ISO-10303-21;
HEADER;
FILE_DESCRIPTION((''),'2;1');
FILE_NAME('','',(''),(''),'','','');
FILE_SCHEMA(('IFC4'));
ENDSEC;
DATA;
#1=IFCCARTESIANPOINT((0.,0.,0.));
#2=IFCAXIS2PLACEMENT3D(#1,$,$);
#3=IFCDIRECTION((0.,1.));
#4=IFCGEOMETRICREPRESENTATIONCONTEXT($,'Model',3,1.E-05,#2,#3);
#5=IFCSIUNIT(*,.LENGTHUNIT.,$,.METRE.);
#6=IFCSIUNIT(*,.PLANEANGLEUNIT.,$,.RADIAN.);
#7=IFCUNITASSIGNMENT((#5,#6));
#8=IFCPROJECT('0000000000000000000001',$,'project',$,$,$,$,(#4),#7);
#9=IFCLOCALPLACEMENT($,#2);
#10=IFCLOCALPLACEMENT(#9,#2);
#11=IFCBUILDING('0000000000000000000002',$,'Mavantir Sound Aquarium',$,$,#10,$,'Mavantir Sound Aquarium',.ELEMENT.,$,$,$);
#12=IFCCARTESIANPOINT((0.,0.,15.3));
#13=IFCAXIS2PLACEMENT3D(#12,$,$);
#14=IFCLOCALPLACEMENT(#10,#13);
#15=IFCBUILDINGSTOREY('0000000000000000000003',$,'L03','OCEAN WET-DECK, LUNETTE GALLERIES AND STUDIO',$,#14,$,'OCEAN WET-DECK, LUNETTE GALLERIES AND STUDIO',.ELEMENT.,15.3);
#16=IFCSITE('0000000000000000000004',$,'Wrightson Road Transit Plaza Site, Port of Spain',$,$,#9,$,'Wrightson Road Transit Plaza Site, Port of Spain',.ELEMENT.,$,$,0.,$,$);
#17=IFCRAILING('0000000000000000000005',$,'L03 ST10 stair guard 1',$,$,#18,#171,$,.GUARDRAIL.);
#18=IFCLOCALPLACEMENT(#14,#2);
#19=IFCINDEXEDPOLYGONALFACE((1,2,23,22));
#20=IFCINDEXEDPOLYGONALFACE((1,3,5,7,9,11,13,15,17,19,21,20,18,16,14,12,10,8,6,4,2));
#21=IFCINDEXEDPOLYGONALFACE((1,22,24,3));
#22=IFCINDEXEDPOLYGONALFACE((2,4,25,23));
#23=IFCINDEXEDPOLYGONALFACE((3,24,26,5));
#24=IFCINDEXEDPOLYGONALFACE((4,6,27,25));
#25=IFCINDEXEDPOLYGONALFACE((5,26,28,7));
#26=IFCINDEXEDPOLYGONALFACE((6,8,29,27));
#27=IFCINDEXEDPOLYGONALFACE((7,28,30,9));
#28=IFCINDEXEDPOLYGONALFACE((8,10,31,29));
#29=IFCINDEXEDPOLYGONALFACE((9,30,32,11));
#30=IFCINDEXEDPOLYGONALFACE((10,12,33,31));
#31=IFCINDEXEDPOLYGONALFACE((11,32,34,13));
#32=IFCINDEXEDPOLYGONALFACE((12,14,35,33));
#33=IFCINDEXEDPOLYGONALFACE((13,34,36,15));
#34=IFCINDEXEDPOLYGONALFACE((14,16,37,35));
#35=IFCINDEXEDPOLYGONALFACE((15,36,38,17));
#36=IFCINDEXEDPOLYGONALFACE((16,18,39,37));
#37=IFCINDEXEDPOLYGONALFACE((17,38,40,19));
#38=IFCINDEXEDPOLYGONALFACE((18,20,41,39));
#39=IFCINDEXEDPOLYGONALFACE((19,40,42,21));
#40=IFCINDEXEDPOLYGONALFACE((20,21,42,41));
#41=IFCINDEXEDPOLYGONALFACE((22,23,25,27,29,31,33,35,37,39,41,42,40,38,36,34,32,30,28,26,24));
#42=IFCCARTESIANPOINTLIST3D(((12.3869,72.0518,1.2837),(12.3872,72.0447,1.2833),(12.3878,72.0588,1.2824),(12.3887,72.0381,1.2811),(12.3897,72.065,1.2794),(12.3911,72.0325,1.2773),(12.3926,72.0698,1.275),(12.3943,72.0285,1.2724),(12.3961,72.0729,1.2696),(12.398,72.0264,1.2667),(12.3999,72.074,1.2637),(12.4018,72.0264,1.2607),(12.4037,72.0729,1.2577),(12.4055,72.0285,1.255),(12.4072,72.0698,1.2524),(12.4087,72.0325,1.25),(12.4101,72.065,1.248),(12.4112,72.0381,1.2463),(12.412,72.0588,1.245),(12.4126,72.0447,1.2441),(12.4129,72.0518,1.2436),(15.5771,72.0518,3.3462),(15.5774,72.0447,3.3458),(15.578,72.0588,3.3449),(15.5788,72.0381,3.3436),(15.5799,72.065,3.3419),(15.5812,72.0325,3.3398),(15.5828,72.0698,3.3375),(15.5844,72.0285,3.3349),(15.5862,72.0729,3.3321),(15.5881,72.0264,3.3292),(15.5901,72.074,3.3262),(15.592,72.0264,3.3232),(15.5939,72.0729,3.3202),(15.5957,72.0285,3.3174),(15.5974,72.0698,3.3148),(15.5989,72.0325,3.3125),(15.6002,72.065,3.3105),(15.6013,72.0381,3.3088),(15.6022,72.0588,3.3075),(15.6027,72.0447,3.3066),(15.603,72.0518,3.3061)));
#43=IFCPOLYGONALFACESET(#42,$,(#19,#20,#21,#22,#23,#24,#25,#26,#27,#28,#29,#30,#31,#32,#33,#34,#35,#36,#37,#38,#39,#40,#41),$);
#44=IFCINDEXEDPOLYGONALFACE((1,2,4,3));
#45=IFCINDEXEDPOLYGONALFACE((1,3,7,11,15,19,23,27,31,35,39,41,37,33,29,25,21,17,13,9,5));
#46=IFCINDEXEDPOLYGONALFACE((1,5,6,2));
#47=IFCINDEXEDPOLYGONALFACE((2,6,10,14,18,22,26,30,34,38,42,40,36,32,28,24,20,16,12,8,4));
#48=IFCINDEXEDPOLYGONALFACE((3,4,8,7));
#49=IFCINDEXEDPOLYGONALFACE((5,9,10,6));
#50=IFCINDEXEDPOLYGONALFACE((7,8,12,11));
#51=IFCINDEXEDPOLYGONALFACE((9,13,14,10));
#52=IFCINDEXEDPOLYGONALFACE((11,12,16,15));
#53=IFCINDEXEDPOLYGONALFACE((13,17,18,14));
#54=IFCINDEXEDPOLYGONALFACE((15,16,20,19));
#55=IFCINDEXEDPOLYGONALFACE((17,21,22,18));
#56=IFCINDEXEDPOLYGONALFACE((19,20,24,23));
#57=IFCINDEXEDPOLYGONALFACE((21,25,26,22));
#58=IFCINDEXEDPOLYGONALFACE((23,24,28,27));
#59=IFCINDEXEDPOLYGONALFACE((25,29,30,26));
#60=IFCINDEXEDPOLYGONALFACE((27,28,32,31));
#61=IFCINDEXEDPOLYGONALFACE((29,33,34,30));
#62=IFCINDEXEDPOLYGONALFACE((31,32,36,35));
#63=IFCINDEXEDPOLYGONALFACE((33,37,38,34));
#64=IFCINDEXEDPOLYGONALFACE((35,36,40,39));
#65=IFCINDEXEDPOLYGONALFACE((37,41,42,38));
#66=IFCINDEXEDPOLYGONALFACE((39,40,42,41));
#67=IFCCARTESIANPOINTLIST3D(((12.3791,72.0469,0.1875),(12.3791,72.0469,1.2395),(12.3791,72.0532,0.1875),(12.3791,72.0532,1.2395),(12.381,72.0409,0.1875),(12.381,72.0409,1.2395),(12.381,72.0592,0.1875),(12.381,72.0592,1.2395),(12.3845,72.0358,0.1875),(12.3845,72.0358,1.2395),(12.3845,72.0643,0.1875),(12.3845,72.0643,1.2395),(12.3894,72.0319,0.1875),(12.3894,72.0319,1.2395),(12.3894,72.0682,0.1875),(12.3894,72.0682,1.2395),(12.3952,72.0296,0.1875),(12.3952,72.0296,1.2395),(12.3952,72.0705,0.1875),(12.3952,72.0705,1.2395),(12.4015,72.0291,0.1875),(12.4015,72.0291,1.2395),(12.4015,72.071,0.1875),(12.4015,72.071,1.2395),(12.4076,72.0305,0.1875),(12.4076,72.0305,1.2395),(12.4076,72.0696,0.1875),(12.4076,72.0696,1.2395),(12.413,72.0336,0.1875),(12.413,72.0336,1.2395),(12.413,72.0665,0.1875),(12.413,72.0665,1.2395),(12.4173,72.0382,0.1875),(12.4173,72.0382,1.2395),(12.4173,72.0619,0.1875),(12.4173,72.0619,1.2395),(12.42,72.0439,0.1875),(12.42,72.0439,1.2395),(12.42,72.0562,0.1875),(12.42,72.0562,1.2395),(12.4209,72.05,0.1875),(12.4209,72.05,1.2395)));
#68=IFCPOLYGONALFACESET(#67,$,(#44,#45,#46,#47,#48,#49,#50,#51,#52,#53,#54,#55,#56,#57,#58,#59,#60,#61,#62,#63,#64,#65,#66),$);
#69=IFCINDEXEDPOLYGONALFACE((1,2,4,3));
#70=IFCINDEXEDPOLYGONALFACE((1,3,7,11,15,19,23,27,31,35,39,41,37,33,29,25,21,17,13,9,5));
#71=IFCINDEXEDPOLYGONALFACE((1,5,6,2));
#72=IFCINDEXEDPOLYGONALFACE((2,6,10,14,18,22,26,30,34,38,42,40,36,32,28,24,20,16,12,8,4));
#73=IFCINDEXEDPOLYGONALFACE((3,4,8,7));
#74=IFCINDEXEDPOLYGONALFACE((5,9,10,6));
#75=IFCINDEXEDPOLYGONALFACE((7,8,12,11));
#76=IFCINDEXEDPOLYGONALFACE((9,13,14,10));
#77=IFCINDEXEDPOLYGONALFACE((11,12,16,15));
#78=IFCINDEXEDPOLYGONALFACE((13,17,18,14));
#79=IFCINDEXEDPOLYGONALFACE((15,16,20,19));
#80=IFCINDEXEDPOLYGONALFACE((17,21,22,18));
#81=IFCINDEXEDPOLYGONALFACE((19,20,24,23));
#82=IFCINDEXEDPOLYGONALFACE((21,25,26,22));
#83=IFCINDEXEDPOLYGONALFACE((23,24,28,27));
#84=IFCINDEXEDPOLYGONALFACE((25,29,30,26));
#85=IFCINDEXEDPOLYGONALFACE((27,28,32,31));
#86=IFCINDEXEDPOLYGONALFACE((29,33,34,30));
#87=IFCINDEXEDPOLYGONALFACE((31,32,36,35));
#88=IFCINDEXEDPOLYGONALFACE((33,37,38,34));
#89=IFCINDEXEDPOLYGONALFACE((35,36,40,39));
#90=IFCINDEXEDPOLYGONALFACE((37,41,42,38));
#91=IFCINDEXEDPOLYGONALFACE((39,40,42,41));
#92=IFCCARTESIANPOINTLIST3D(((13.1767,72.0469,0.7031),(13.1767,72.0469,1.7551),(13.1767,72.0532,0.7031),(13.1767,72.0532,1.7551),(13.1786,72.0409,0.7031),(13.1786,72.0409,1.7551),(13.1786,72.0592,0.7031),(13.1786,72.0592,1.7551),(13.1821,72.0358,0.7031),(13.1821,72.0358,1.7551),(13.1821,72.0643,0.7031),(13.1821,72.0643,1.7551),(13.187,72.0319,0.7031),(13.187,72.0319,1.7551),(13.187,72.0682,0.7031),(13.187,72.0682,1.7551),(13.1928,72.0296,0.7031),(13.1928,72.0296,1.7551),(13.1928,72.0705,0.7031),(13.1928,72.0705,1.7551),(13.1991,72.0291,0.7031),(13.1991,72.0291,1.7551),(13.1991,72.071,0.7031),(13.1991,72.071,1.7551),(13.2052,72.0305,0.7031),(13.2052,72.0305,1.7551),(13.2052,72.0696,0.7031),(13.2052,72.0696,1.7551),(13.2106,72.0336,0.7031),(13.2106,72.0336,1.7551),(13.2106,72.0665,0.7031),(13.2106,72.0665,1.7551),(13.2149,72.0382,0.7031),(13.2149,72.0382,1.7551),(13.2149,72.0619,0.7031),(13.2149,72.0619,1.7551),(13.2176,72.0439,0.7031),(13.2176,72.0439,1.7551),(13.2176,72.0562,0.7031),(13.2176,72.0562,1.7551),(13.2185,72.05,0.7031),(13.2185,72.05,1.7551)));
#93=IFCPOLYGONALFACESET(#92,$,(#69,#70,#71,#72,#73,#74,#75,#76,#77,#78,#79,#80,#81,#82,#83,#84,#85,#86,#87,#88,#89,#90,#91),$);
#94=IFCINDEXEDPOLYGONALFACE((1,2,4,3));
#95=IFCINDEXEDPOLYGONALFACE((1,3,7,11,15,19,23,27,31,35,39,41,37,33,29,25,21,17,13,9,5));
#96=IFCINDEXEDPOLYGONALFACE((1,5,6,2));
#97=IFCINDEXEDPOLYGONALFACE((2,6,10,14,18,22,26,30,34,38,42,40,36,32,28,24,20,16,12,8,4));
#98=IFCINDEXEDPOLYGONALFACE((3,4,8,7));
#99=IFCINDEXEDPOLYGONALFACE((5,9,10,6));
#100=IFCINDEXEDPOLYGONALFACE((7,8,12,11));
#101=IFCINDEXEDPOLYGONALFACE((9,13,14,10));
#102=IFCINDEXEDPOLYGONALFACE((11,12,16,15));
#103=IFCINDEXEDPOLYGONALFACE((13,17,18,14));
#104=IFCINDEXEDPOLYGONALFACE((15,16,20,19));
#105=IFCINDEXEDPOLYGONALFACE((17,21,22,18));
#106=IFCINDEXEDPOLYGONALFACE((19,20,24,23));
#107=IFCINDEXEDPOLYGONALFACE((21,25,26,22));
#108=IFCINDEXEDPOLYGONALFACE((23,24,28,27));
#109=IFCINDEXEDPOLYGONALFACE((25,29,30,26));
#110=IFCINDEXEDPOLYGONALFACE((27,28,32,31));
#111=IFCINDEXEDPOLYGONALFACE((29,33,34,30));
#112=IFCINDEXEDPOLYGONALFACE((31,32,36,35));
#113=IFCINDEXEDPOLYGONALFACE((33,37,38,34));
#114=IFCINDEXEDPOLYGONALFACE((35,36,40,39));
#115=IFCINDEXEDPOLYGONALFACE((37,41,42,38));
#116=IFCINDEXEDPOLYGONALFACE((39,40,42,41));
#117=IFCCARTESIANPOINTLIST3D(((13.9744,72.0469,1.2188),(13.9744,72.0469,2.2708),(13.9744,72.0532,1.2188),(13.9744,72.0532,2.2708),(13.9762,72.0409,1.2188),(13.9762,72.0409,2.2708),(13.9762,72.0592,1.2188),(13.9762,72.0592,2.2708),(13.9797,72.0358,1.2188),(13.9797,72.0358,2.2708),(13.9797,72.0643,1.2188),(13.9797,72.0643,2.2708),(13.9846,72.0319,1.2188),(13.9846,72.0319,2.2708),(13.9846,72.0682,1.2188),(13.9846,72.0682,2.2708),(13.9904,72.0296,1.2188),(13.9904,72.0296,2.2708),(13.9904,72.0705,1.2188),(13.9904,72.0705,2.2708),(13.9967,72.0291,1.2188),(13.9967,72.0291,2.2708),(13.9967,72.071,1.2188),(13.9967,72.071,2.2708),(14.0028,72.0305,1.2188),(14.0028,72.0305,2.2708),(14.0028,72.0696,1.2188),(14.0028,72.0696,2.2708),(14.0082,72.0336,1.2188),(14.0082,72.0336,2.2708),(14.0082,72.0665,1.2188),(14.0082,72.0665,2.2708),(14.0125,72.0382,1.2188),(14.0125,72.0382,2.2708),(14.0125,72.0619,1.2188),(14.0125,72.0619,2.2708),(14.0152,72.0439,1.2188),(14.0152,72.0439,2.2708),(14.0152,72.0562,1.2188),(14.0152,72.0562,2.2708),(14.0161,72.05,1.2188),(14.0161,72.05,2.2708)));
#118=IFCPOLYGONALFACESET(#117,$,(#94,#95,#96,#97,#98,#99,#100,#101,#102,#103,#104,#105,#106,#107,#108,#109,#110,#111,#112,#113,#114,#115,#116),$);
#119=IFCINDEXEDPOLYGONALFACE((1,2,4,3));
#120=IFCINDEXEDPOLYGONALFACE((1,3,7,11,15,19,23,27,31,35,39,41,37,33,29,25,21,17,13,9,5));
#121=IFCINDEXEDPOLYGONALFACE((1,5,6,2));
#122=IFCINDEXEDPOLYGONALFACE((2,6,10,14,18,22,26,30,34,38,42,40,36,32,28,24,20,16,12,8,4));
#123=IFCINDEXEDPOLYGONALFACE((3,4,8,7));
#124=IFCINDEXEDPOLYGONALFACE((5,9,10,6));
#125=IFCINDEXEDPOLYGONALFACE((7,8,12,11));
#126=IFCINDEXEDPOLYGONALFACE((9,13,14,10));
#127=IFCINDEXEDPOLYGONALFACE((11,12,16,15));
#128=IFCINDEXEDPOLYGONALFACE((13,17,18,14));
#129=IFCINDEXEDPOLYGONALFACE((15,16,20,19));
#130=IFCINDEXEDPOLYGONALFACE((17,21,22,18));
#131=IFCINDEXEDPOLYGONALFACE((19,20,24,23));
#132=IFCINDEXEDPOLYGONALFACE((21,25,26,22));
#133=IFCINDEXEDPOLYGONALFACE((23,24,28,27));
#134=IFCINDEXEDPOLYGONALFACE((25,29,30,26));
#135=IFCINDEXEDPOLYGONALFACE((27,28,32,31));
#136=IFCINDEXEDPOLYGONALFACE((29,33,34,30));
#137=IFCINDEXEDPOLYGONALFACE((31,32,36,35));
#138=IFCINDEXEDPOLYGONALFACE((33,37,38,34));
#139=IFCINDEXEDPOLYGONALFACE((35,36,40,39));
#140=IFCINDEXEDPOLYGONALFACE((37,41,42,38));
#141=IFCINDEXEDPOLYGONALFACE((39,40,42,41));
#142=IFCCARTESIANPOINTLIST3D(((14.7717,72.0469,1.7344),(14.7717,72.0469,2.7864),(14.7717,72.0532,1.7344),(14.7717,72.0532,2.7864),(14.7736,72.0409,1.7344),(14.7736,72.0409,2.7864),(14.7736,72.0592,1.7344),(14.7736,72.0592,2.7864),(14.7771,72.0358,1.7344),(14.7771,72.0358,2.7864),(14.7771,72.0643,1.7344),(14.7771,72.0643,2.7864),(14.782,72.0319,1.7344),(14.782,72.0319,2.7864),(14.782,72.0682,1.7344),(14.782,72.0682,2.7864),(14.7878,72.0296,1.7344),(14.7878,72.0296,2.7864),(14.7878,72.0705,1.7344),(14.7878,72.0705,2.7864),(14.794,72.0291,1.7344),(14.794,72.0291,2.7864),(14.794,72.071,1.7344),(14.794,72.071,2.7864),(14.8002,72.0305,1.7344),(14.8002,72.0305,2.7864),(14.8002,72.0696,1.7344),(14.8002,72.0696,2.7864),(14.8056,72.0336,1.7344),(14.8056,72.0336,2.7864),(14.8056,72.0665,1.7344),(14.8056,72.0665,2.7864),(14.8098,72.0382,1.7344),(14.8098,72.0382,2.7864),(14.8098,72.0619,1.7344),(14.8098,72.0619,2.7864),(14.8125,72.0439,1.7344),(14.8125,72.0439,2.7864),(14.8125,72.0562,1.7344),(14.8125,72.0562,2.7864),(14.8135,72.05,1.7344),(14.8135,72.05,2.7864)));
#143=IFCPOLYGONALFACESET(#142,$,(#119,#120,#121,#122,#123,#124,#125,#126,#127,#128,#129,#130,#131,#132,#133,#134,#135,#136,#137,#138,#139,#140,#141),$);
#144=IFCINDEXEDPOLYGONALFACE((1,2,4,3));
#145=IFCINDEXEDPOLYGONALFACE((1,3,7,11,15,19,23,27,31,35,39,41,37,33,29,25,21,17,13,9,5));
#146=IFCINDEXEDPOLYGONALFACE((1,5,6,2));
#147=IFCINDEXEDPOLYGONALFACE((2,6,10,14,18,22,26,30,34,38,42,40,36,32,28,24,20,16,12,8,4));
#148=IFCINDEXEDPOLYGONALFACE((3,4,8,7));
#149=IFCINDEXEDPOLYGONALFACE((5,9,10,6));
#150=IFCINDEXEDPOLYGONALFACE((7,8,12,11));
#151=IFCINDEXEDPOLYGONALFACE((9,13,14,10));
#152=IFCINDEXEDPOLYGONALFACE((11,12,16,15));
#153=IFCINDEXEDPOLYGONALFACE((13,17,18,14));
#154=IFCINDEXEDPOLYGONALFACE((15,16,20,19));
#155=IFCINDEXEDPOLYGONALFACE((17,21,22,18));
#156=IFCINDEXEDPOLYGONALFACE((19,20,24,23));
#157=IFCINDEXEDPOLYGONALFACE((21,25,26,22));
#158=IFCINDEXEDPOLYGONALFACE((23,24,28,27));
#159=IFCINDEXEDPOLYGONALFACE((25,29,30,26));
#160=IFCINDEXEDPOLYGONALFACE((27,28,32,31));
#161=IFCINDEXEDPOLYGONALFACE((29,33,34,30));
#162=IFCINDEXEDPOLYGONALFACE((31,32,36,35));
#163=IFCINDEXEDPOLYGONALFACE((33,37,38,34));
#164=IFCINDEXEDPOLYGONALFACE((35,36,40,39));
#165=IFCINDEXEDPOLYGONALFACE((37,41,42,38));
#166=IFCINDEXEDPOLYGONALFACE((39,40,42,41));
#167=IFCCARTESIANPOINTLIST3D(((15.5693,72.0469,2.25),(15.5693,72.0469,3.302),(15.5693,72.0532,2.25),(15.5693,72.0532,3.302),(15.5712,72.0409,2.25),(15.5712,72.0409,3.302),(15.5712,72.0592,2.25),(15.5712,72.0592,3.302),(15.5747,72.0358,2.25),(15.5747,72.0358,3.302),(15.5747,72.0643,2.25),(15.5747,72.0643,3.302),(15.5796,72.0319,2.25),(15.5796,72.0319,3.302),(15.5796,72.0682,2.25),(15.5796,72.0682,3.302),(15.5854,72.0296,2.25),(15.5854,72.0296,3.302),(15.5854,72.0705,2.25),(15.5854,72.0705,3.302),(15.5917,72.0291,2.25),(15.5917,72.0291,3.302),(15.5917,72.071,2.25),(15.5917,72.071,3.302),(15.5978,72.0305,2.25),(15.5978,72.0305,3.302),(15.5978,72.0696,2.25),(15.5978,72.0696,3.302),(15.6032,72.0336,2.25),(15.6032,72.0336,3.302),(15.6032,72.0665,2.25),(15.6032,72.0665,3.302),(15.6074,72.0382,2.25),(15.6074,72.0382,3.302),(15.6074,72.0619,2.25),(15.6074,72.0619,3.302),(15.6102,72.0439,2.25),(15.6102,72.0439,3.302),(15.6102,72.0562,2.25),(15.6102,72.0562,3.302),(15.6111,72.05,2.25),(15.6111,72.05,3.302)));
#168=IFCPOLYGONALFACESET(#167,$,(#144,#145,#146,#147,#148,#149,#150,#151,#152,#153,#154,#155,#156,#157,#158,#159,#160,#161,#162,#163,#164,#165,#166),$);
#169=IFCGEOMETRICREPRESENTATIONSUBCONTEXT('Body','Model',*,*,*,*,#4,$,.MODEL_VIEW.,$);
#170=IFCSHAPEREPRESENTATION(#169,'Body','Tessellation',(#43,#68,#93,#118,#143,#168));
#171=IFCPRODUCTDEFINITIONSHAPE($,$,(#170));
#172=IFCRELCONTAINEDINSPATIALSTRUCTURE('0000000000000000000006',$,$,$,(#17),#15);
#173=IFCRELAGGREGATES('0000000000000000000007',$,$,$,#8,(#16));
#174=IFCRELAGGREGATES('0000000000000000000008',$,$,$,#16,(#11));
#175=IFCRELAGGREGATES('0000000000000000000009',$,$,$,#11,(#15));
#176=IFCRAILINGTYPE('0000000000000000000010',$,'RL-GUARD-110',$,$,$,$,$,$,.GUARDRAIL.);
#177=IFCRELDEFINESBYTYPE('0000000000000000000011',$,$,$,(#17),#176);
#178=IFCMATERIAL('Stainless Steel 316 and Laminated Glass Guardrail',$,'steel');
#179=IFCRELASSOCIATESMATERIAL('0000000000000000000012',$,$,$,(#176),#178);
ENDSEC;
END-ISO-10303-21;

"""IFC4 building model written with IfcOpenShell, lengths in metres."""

from ifc_helpers import new_model, si_unit, direction, frame, origin, origin_2d, place, context, subcontext, project, spatial, circle, extrude, material, type_object, element, save


model = new_model("IFC4")

# Units and contexts
model_context = context("Model", 3, precision=1e-05, world=origin(), true_north=direction((0.0, 1.0)))
body_context = subcontext(model_context, "Body", "Model", "MODEL_VIEW")
ifc_project = project(units=[si_unit("LENGTHUNIT", "METRE"), si_unit("PLANEANGLEUNIT", "RADIAN")], contexts=[model_context])

# Site, building, storey
site_placement = place(None, origin())
site = spatial("IfcSite", under=ifc_project, at=site_placement, Name="Wrightson Road Transit Plaza Site, Port of Spain", LongName="Wrightson Road Transit Plaza Site, Port of Spain", CompositionType="ELEMENT", RefElevation=0.0)
building_placement = place(site_placement, origin())
building = spatial("IfcBuilding", under=site, at=building_placement, Name="Mavantir Sound Aquarium", LongName="Mavantir Sound Aquarium", CompositionType="ELEMENT")
storey_placement = place(building_placement, frame((0.0, 0.0, 15.3)))
storey = spatial("IfcBuildingStorey", under=building, at=storey_placement, Name="L03", Description="OCEAN WET-DECK, LUNETTE GALLERIES AND STUDIO", LongName="OCEAN WET-DECK, LUNETTE GALLERIES AND STUDIO", CompositionType="ELEMENT", Elevation=15.3)

# Railing
ifc_material_1 = material(Name="Stainless Steel 316 and Laminated Glass Guardrail", Category="steel")
railing_type_1 = type_object("IfcRailingType", Name="RL-GUARD-110", PredefinedType="GUARDRAIL", material=ifc_material_1)
railing_1_placement = place(storey_placement, frame((12.3999, 72.05, 0.1875)))
element("IfcRailing", 1, at=railing_1_placement, inside=storey, type_object=railing_type_1, Name="L03 ST10 stair guard 1", PredefinedType="GUARDRAIL", context=body_context, shape_type="SweptSolid", body=[
    extrude(circle(Radius=0.0239, at=origin_2d()), frame((0.0, 0.0, 1.0762), z_axis=(0.839779, 0.0, 0.542929), x_axis=(0.0, 1.0, 0.0)), (0.0, 0.0, 1.0), 3.7988),
    extrude(circle(Radius=0.021, at=origin_2d()), origin(), (0.0, 0.0, 1.0), 1.052),
    extrude(circle(Radius=0.021, at=origin_2d()), frame((0.7976, 0.0, 0.5156)), (0.0, 0.0, 1.0), 1.052),
    extrude(circle(Radius=0.021, at=origin_2d()), frame((1.5952, 0.0, 1.0312)), (0.0, 0.0, 1.0), 1.052),
    extrude(circle(Radius=0.021, at=origin_2d()), frame((2.3926, 0.0, 1.5469)), (0.0, 0.0, 1.0), 1.052),
    extrude(circle(Radius=0.021, at=origin_2d()), frame((3.1902, 0.0, 2.0625)), (0.0, 0.0, 1.0), 1.052),
])

save(model, "model.ifc")
